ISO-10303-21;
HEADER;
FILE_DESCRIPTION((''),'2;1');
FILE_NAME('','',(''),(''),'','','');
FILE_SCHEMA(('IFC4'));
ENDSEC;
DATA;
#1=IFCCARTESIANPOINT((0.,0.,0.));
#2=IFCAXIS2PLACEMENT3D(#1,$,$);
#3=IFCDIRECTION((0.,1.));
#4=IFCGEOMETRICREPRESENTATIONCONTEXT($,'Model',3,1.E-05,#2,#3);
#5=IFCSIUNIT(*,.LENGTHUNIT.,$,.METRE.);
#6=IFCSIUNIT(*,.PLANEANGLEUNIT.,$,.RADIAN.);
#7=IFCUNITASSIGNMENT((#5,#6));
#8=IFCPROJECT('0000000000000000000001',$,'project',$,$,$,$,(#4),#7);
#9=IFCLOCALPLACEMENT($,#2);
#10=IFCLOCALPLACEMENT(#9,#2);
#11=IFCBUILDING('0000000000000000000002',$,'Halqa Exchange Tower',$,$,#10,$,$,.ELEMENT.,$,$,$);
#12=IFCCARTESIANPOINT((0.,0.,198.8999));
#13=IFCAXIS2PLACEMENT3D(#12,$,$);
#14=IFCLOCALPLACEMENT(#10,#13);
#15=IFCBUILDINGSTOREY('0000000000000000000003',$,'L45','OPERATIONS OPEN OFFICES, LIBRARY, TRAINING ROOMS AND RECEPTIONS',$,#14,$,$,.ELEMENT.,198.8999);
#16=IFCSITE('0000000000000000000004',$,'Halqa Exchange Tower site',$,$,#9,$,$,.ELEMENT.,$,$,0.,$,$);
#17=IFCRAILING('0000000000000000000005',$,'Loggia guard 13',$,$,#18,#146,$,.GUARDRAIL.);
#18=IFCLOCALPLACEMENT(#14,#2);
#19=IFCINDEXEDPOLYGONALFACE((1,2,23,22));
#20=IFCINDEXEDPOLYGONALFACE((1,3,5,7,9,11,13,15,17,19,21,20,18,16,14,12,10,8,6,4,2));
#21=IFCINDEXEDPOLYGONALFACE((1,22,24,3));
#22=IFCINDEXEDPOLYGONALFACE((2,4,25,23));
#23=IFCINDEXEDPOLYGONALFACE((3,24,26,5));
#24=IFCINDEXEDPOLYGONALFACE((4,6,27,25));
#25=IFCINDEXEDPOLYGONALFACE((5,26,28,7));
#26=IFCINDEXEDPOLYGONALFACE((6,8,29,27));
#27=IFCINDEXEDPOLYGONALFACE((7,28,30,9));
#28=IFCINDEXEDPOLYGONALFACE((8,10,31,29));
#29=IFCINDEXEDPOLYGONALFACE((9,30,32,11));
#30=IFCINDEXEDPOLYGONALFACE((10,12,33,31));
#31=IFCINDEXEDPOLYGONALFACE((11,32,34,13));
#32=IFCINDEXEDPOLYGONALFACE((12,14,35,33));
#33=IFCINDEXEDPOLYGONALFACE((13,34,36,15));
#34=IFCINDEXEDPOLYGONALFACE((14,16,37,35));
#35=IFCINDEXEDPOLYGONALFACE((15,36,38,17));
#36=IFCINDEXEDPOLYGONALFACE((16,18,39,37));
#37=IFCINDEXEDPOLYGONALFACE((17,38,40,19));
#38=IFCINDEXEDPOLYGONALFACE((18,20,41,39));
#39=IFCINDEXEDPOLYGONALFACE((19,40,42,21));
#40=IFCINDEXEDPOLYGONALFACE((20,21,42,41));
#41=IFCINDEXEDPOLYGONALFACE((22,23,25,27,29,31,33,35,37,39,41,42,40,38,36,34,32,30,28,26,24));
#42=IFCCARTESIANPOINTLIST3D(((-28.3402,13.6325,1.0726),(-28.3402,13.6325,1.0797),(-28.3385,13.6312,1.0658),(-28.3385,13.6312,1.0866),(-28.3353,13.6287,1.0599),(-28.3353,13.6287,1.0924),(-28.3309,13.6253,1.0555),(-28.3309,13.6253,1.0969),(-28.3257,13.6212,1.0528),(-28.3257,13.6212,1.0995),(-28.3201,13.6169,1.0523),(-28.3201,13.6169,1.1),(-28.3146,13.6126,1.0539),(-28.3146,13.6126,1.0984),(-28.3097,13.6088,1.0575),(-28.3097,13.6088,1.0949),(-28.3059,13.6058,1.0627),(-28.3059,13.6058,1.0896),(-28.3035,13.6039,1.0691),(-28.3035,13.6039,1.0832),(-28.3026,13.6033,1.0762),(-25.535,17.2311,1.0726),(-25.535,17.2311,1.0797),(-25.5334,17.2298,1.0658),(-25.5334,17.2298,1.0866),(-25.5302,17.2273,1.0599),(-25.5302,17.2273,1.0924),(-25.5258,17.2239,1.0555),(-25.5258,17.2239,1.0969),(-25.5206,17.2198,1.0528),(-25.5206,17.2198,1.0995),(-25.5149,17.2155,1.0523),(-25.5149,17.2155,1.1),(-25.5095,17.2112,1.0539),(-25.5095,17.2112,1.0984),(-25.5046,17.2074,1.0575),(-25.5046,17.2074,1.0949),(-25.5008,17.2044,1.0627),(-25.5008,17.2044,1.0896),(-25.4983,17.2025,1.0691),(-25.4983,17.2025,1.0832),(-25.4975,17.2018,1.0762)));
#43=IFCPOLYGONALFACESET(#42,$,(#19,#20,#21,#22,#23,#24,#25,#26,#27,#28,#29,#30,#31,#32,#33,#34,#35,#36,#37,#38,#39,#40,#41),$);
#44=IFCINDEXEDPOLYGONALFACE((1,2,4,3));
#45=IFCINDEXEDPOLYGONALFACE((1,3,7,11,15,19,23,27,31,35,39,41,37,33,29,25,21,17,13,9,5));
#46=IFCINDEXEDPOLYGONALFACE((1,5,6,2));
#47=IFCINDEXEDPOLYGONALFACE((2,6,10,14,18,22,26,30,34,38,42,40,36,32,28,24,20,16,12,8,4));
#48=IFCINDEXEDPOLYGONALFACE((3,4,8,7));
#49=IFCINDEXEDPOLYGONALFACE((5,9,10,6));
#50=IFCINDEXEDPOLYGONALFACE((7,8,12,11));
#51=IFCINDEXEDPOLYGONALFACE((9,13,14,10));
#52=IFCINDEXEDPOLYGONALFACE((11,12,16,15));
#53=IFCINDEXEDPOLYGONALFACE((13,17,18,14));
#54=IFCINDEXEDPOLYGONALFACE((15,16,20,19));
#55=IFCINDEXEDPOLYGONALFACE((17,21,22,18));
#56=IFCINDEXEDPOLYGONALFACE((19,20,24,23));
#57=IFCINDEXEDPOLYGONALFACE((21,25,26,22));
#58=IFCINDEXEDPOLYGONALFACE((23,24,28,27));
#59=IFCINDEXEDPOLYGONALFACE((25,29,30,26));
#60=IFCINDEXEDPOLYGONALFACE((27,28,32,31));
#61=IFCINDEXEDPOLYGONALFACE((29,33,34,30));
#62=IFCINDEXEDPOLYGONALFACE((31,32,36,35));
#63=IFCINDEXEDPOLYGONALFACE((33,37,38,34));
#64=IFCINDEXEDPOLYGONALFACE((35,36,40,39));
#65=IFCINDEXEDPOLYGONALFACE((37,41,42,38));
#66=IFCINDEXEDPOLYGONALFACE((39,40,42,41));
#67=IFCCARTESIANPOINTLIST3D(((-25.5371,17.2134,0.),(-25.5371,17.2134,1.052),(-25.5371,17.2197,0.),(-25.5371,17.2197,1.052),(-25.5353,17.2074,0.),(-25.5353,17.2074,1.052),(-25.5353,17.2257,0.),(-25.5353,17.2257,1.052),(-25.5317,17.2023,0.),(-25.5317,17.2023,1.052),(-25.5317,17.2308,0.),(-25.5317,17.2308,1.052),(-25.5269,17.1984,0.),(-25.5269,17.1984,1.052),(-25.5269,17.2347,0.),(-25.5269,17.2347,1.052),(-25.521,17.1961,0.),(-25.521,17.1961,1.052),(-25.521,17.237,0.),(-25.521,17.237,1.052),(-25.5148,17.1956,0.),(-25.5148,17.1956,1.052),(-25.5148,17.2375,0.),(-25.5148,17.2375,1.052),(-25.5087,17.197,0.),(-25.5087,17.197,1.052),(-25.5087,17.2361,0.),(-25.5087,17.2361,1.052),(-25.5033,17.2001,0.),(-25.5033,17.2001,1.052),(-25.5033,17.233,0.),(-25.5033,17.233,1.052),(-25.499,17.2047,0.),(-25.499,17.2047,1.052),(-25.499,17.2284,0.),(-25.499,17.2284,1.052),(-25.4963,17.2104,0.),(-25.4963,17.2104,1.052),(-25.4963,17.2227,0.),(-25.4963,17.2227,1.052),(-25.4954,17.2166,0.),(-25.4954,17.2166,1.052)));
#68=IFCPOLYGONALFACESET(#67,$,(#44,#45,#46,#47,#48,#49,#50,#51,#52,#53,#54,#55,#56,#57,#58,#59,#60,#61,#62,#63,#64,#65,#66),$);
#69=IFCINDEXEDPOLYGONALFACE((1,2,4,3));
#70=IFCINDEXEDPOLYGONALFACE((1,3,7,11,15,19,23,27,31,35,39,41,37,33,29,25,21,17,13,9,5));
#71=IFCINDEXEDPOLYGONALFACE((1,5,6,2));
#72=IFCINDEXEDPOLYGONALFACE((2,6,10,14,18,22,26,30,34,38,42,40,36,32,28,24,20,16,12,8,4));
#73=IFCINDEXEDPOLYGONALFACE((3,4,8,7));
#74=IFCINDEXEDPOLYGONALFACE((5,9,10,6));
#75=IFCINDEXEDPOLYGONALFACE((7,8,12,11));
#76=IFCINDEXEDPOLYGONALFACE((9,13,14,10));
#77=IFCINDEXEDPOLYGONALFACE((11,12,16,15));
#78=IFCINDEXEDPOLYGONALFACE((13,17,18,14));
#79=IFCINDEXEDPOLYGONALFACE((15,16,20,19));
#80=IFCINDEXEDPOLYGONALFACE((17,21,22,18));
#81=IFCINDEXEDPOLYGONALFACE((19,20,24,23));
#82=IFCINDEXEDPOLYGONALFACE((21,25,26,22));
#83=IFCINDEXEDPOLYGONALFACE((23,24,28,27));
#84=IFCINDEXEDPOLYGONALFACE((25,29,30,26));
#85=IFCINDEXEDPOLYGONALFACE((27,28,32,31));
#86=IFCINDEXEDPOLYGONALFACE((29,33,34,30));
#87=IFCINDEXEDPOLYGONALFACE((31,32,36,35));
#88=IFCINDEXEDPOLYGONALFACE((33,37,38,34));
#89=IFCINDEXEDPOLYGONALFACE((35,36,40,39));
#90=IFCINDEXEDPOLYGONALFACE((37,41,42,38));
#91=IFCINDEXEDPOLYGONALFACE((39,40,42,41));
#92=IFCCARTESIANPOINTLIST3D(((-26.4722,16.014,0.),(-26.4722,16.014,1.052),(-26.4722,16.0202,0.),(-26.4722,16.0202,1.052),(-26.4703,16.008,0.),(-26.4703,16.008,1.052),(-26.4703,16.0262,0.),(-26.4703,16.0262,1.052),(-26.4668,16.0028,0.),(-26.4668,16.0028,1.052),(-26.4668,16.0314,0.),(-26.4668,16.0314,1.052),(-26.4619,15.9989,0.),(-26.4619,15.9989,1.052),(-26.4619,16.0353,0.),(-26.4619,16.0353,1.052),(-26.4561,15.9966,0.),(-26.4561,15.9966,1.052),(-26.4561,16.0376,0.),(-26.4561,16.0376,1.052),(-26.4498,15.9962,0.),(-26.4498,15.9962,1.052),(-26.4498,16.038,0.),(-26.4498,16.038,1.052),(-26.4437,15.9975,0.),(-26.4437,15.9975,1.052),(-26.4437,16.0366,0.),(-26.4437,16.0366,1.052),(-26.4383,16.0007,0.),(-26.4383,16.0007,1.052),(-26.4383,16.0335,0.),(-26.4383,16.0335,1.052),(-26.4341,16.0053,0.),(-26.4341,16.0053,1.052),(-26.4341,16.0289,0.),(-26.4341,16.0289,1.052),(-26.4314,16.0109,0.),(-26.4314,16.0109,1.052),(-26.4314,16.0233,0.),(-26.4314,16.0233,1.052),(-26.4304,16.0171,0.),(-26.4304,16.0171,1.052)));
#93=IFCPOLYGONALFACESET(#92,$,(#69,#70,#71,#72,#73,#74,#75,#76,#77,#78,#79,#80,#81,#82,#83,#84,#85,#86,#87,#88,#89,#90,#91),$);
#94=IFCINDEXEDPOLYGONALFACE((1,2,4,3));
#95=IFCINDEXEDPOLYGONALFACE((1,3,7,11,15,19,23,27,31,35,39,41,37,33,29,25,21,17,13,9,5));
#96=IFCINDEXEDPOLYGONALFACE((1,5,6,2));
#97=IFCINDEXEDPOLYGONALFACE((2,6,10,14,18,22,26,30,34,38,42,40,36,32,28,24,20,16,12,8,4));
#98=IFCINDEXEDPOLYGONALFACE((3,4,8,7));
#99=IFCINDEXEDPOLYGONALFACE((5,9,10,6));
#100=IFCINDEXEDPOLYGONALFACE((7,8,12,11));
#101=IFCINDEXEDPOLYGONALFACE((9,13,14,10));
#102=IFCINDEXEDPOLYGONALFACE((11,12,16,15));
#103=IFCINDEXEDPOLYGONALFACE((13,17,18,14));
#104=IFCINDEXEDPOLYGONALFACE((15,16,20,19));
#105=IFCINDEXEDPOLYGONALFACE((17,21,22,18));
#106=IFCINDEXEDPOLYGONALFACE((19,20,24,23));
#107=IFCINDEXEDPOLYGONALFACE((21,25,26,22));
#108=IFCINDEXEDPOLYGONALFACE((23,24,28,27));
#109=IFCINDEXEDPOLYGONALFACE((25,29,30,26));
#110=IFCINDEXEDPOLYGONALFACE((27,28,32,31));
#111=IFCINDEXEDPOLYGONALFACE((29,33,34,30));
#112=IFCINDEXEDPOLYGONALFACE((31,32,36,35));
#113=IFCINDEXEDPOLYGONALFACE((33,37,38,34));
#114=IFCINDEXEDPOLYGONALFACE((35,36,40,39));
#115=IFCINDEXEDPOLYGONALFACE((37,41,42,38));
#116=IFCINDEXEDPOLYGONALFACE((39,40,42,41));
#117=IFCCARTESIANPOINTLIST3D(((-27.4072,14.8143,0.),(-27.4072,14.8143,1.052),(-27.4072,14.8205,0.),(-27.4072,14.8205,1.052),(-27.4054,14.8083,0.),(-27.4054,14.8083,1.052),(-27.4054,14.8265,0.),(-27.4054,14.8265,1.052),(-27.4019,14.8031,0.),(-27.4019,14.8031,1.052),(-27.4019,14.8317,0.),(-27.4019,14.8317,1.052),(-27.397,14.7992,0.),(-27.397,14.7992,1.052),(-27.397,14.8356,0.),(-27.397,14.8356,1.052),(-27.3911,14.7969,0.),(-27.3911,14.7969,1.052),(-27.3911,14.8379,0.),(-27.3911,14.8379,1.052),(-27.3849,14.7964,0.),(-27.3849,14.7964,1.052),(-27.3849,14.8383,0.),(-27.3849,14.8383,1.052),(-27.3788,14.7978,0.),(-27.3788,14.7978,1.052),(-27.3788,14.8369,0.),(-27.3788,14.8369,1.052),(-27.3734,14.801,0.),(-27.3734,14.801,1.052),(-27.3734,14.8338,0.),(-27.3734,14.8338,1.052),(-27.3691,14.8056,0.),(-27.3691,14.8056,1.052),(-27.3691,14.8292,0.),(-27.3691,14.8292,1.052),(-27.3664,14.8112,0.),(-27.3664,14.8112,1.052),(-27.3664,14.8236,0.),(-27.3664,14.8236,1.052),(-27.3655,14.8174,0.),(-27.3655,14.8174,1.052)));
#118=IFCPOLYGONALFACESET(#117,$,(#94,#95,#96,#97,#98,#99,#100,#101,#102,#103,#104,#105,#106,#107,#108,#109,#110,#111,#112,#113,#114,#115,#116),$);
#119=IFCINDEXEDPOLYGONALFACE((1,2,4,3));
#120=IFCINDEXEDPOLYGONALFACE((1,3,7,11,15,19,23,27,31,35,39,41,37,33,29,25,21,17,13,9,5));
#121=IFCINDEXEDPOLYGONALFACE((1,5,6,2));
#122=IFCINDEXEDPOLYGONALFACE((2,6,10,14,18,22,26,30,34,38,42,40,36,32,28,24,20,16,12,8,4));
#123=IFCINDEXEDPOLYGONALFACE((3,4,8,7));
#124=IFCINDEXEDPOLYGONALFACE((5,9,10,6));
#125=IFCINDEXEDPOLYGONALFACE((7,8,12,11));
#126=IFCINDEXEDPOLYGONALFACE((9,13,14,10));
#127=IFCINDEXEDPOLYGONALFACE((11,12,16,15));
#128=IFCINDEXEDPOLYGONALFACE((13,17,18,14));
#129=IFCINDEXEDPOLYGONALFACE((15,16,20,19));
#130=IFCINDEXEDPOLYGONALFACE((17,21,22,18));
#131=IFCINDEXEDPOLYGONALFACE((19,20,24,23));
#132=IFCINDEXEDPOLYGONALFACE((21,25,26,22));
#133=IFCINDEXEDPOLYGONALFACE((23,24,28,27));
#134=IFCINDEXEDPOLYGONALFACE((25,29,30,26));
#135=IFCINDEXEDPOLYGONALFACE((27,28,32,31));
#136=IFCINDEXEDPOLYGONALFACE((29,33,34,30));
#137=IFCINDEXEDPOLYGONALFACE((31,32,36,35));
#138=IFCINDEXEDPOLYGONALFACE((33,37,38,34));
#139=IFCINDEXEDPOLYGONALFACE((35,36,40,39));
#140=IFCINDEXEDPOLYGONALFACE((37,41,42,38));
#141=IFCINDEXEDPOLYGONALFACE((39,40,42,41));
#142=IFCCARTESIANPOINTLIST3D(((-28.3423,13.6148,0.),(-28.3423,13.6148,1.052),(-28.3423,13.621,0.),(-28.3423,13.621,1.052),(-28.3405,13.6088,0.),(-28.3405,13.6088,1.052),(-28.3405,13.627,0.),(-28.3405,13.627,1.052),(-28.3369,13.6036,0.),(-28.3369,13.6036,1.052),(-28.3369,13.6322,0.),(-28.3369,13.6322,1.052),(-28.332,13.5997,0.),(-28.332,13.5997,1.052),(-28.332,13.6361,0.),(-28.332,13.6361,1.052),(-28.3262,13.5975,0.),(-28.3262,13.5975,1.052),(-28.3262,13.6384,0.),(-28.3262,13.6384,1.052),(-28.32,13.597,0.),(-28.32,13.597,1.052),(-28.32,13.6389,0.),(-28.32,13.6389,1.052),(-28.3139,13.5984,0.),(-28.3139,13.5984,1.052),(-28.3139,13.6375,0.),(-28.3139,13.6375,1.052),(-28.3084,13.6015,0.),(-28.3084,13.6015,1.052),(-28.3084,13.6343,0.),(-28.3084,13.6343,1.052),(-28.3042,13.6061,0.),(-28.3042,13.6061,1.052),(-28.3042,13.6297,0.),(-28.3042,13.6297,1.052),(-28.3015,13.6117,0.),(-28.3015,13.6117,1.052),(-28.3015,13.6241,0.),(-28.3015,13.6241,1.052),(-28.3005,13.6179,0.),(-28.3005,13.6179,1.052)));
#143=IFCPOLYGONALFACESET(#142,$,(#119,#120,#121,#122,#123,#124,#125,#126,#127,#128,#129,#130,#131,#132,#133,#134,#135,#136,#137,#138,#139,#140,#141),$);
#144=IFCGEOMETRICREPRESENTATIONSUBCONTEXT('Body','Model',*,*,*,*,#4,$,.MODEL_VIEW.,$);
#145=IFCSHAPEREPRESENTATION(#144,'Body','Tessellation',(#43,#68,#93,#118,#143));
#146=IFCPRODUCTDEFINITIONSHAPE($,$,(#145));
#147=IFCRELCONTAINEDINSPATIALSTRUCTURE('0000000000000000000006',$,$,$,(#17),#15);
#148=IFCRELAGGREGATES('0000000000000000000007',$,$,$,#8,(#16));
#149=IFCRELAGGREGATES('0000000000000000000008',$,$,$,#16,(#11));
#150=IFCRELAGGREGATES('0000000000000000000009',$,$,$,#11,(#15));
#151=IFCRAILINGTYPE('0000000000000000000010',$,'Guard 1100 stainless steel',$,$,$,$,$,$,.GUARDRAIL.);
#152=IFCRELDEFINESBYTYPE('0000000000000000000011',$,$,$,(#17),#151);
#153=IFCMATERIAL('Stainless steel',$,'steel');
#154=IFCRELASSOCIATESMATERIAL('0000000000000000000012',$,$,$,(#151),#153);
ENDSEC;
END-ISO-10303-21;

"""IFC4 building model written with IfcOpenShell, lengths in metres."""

from ifc_helpers import new_model, si_unit, direction, frame, origin, origin_2d, place, context, subcontext, project, spatial, circle, extrude, material, type_object, element, save


model = new_model("IFC4")

# Units and contexts
model_context = context("Model", 3, precision=1e-05, world=origin(), true_north=direction((0.0, 1.0)))
body_context = subcontext(model_context, "Body", "Model", "MODEL_VIEW")
ifc_project = project(units=[si_unit("LENGTHUNIT", "METRE"), si_unit("PLANEANGLEUNIT", "RADIAN")], contexts=[model_context])

# Site, building, storey
site_placement = place(None, origin())
site = spatial("IfcSite", under=ifc_project, at=site_placement, Name="Halqa Exchange Tower site", CompositionType="ELEMENT", RefElevation=0.0)
building_placement = place(site_placement, origin())
building = spatial("IfcBuilding", under=site, at=building_placement, Name="Halqa Exchange Tower", CompositionType="ELEMENT")
storey_placement = place(building_placement, frame((0.0, 0.0, 198.8999)))
storey = spatial("IfcBuildingStorey", under=building, at=storey_placement, Name="L45", Description="OPERATIONS OPEN OFFICES, LIBRARY, TRAINING ROOMS AND RECEPTIONS", CompositionType="ELEMENT", Elevation=198.8999)

# Railing
ifc_material_1 = material(Name="Stainless steel", Category="steel")
railing_type = type_object("IfcRailingType", Name="Guard 1100 stainless steel", PredefinedType="GUARDRAIL", material=ifc_material_1)
railing_1_placement = place(storey_placement, frame((-25.5164, 17.2166, 0.0)))
element("IfcRailing", 1, at=railing_1_placement, inside=storey, type_object=railing_type, Name="Loggia guard 13", PredefinedType="GUARDRAIL", context=body_context, shape_type="SweptSolid", body=[
    extrude(circle(Radius=0.0239, at=origin_2d()), frame((0.0, 0.0, 1.0762), z_axis=(-0.614792, -0.788689, 0.0), x_axis=(0.788689, -0.614792, 0.0)), (0.0, 0.0, 1.0), 4.5627),
    extrude(circle(Radius=0.021, at=origin_2d()), origin(), (0.0, 0.0, 1.0), 1.052),
    extrude(circle(Radius=0.021, at=origin_2d()), frame((-0.9351, -1.1995, 0.0)), (0.0, 0.0, 1.0), 1.052),
    extrude(circle(Radius=0.021, at=origin_2d()), frame((-1.8701, -2.3992, 0.0)), (0.0, 0.0, 1.0), 1.052),
    extrude(circle(Radius=0.021, at=origin_2d()), frame((-2.8052, -3.5986, 0.0)), (0.0, 0.0, 1.0), 1.052),
])

save(model, "model.ifc")
